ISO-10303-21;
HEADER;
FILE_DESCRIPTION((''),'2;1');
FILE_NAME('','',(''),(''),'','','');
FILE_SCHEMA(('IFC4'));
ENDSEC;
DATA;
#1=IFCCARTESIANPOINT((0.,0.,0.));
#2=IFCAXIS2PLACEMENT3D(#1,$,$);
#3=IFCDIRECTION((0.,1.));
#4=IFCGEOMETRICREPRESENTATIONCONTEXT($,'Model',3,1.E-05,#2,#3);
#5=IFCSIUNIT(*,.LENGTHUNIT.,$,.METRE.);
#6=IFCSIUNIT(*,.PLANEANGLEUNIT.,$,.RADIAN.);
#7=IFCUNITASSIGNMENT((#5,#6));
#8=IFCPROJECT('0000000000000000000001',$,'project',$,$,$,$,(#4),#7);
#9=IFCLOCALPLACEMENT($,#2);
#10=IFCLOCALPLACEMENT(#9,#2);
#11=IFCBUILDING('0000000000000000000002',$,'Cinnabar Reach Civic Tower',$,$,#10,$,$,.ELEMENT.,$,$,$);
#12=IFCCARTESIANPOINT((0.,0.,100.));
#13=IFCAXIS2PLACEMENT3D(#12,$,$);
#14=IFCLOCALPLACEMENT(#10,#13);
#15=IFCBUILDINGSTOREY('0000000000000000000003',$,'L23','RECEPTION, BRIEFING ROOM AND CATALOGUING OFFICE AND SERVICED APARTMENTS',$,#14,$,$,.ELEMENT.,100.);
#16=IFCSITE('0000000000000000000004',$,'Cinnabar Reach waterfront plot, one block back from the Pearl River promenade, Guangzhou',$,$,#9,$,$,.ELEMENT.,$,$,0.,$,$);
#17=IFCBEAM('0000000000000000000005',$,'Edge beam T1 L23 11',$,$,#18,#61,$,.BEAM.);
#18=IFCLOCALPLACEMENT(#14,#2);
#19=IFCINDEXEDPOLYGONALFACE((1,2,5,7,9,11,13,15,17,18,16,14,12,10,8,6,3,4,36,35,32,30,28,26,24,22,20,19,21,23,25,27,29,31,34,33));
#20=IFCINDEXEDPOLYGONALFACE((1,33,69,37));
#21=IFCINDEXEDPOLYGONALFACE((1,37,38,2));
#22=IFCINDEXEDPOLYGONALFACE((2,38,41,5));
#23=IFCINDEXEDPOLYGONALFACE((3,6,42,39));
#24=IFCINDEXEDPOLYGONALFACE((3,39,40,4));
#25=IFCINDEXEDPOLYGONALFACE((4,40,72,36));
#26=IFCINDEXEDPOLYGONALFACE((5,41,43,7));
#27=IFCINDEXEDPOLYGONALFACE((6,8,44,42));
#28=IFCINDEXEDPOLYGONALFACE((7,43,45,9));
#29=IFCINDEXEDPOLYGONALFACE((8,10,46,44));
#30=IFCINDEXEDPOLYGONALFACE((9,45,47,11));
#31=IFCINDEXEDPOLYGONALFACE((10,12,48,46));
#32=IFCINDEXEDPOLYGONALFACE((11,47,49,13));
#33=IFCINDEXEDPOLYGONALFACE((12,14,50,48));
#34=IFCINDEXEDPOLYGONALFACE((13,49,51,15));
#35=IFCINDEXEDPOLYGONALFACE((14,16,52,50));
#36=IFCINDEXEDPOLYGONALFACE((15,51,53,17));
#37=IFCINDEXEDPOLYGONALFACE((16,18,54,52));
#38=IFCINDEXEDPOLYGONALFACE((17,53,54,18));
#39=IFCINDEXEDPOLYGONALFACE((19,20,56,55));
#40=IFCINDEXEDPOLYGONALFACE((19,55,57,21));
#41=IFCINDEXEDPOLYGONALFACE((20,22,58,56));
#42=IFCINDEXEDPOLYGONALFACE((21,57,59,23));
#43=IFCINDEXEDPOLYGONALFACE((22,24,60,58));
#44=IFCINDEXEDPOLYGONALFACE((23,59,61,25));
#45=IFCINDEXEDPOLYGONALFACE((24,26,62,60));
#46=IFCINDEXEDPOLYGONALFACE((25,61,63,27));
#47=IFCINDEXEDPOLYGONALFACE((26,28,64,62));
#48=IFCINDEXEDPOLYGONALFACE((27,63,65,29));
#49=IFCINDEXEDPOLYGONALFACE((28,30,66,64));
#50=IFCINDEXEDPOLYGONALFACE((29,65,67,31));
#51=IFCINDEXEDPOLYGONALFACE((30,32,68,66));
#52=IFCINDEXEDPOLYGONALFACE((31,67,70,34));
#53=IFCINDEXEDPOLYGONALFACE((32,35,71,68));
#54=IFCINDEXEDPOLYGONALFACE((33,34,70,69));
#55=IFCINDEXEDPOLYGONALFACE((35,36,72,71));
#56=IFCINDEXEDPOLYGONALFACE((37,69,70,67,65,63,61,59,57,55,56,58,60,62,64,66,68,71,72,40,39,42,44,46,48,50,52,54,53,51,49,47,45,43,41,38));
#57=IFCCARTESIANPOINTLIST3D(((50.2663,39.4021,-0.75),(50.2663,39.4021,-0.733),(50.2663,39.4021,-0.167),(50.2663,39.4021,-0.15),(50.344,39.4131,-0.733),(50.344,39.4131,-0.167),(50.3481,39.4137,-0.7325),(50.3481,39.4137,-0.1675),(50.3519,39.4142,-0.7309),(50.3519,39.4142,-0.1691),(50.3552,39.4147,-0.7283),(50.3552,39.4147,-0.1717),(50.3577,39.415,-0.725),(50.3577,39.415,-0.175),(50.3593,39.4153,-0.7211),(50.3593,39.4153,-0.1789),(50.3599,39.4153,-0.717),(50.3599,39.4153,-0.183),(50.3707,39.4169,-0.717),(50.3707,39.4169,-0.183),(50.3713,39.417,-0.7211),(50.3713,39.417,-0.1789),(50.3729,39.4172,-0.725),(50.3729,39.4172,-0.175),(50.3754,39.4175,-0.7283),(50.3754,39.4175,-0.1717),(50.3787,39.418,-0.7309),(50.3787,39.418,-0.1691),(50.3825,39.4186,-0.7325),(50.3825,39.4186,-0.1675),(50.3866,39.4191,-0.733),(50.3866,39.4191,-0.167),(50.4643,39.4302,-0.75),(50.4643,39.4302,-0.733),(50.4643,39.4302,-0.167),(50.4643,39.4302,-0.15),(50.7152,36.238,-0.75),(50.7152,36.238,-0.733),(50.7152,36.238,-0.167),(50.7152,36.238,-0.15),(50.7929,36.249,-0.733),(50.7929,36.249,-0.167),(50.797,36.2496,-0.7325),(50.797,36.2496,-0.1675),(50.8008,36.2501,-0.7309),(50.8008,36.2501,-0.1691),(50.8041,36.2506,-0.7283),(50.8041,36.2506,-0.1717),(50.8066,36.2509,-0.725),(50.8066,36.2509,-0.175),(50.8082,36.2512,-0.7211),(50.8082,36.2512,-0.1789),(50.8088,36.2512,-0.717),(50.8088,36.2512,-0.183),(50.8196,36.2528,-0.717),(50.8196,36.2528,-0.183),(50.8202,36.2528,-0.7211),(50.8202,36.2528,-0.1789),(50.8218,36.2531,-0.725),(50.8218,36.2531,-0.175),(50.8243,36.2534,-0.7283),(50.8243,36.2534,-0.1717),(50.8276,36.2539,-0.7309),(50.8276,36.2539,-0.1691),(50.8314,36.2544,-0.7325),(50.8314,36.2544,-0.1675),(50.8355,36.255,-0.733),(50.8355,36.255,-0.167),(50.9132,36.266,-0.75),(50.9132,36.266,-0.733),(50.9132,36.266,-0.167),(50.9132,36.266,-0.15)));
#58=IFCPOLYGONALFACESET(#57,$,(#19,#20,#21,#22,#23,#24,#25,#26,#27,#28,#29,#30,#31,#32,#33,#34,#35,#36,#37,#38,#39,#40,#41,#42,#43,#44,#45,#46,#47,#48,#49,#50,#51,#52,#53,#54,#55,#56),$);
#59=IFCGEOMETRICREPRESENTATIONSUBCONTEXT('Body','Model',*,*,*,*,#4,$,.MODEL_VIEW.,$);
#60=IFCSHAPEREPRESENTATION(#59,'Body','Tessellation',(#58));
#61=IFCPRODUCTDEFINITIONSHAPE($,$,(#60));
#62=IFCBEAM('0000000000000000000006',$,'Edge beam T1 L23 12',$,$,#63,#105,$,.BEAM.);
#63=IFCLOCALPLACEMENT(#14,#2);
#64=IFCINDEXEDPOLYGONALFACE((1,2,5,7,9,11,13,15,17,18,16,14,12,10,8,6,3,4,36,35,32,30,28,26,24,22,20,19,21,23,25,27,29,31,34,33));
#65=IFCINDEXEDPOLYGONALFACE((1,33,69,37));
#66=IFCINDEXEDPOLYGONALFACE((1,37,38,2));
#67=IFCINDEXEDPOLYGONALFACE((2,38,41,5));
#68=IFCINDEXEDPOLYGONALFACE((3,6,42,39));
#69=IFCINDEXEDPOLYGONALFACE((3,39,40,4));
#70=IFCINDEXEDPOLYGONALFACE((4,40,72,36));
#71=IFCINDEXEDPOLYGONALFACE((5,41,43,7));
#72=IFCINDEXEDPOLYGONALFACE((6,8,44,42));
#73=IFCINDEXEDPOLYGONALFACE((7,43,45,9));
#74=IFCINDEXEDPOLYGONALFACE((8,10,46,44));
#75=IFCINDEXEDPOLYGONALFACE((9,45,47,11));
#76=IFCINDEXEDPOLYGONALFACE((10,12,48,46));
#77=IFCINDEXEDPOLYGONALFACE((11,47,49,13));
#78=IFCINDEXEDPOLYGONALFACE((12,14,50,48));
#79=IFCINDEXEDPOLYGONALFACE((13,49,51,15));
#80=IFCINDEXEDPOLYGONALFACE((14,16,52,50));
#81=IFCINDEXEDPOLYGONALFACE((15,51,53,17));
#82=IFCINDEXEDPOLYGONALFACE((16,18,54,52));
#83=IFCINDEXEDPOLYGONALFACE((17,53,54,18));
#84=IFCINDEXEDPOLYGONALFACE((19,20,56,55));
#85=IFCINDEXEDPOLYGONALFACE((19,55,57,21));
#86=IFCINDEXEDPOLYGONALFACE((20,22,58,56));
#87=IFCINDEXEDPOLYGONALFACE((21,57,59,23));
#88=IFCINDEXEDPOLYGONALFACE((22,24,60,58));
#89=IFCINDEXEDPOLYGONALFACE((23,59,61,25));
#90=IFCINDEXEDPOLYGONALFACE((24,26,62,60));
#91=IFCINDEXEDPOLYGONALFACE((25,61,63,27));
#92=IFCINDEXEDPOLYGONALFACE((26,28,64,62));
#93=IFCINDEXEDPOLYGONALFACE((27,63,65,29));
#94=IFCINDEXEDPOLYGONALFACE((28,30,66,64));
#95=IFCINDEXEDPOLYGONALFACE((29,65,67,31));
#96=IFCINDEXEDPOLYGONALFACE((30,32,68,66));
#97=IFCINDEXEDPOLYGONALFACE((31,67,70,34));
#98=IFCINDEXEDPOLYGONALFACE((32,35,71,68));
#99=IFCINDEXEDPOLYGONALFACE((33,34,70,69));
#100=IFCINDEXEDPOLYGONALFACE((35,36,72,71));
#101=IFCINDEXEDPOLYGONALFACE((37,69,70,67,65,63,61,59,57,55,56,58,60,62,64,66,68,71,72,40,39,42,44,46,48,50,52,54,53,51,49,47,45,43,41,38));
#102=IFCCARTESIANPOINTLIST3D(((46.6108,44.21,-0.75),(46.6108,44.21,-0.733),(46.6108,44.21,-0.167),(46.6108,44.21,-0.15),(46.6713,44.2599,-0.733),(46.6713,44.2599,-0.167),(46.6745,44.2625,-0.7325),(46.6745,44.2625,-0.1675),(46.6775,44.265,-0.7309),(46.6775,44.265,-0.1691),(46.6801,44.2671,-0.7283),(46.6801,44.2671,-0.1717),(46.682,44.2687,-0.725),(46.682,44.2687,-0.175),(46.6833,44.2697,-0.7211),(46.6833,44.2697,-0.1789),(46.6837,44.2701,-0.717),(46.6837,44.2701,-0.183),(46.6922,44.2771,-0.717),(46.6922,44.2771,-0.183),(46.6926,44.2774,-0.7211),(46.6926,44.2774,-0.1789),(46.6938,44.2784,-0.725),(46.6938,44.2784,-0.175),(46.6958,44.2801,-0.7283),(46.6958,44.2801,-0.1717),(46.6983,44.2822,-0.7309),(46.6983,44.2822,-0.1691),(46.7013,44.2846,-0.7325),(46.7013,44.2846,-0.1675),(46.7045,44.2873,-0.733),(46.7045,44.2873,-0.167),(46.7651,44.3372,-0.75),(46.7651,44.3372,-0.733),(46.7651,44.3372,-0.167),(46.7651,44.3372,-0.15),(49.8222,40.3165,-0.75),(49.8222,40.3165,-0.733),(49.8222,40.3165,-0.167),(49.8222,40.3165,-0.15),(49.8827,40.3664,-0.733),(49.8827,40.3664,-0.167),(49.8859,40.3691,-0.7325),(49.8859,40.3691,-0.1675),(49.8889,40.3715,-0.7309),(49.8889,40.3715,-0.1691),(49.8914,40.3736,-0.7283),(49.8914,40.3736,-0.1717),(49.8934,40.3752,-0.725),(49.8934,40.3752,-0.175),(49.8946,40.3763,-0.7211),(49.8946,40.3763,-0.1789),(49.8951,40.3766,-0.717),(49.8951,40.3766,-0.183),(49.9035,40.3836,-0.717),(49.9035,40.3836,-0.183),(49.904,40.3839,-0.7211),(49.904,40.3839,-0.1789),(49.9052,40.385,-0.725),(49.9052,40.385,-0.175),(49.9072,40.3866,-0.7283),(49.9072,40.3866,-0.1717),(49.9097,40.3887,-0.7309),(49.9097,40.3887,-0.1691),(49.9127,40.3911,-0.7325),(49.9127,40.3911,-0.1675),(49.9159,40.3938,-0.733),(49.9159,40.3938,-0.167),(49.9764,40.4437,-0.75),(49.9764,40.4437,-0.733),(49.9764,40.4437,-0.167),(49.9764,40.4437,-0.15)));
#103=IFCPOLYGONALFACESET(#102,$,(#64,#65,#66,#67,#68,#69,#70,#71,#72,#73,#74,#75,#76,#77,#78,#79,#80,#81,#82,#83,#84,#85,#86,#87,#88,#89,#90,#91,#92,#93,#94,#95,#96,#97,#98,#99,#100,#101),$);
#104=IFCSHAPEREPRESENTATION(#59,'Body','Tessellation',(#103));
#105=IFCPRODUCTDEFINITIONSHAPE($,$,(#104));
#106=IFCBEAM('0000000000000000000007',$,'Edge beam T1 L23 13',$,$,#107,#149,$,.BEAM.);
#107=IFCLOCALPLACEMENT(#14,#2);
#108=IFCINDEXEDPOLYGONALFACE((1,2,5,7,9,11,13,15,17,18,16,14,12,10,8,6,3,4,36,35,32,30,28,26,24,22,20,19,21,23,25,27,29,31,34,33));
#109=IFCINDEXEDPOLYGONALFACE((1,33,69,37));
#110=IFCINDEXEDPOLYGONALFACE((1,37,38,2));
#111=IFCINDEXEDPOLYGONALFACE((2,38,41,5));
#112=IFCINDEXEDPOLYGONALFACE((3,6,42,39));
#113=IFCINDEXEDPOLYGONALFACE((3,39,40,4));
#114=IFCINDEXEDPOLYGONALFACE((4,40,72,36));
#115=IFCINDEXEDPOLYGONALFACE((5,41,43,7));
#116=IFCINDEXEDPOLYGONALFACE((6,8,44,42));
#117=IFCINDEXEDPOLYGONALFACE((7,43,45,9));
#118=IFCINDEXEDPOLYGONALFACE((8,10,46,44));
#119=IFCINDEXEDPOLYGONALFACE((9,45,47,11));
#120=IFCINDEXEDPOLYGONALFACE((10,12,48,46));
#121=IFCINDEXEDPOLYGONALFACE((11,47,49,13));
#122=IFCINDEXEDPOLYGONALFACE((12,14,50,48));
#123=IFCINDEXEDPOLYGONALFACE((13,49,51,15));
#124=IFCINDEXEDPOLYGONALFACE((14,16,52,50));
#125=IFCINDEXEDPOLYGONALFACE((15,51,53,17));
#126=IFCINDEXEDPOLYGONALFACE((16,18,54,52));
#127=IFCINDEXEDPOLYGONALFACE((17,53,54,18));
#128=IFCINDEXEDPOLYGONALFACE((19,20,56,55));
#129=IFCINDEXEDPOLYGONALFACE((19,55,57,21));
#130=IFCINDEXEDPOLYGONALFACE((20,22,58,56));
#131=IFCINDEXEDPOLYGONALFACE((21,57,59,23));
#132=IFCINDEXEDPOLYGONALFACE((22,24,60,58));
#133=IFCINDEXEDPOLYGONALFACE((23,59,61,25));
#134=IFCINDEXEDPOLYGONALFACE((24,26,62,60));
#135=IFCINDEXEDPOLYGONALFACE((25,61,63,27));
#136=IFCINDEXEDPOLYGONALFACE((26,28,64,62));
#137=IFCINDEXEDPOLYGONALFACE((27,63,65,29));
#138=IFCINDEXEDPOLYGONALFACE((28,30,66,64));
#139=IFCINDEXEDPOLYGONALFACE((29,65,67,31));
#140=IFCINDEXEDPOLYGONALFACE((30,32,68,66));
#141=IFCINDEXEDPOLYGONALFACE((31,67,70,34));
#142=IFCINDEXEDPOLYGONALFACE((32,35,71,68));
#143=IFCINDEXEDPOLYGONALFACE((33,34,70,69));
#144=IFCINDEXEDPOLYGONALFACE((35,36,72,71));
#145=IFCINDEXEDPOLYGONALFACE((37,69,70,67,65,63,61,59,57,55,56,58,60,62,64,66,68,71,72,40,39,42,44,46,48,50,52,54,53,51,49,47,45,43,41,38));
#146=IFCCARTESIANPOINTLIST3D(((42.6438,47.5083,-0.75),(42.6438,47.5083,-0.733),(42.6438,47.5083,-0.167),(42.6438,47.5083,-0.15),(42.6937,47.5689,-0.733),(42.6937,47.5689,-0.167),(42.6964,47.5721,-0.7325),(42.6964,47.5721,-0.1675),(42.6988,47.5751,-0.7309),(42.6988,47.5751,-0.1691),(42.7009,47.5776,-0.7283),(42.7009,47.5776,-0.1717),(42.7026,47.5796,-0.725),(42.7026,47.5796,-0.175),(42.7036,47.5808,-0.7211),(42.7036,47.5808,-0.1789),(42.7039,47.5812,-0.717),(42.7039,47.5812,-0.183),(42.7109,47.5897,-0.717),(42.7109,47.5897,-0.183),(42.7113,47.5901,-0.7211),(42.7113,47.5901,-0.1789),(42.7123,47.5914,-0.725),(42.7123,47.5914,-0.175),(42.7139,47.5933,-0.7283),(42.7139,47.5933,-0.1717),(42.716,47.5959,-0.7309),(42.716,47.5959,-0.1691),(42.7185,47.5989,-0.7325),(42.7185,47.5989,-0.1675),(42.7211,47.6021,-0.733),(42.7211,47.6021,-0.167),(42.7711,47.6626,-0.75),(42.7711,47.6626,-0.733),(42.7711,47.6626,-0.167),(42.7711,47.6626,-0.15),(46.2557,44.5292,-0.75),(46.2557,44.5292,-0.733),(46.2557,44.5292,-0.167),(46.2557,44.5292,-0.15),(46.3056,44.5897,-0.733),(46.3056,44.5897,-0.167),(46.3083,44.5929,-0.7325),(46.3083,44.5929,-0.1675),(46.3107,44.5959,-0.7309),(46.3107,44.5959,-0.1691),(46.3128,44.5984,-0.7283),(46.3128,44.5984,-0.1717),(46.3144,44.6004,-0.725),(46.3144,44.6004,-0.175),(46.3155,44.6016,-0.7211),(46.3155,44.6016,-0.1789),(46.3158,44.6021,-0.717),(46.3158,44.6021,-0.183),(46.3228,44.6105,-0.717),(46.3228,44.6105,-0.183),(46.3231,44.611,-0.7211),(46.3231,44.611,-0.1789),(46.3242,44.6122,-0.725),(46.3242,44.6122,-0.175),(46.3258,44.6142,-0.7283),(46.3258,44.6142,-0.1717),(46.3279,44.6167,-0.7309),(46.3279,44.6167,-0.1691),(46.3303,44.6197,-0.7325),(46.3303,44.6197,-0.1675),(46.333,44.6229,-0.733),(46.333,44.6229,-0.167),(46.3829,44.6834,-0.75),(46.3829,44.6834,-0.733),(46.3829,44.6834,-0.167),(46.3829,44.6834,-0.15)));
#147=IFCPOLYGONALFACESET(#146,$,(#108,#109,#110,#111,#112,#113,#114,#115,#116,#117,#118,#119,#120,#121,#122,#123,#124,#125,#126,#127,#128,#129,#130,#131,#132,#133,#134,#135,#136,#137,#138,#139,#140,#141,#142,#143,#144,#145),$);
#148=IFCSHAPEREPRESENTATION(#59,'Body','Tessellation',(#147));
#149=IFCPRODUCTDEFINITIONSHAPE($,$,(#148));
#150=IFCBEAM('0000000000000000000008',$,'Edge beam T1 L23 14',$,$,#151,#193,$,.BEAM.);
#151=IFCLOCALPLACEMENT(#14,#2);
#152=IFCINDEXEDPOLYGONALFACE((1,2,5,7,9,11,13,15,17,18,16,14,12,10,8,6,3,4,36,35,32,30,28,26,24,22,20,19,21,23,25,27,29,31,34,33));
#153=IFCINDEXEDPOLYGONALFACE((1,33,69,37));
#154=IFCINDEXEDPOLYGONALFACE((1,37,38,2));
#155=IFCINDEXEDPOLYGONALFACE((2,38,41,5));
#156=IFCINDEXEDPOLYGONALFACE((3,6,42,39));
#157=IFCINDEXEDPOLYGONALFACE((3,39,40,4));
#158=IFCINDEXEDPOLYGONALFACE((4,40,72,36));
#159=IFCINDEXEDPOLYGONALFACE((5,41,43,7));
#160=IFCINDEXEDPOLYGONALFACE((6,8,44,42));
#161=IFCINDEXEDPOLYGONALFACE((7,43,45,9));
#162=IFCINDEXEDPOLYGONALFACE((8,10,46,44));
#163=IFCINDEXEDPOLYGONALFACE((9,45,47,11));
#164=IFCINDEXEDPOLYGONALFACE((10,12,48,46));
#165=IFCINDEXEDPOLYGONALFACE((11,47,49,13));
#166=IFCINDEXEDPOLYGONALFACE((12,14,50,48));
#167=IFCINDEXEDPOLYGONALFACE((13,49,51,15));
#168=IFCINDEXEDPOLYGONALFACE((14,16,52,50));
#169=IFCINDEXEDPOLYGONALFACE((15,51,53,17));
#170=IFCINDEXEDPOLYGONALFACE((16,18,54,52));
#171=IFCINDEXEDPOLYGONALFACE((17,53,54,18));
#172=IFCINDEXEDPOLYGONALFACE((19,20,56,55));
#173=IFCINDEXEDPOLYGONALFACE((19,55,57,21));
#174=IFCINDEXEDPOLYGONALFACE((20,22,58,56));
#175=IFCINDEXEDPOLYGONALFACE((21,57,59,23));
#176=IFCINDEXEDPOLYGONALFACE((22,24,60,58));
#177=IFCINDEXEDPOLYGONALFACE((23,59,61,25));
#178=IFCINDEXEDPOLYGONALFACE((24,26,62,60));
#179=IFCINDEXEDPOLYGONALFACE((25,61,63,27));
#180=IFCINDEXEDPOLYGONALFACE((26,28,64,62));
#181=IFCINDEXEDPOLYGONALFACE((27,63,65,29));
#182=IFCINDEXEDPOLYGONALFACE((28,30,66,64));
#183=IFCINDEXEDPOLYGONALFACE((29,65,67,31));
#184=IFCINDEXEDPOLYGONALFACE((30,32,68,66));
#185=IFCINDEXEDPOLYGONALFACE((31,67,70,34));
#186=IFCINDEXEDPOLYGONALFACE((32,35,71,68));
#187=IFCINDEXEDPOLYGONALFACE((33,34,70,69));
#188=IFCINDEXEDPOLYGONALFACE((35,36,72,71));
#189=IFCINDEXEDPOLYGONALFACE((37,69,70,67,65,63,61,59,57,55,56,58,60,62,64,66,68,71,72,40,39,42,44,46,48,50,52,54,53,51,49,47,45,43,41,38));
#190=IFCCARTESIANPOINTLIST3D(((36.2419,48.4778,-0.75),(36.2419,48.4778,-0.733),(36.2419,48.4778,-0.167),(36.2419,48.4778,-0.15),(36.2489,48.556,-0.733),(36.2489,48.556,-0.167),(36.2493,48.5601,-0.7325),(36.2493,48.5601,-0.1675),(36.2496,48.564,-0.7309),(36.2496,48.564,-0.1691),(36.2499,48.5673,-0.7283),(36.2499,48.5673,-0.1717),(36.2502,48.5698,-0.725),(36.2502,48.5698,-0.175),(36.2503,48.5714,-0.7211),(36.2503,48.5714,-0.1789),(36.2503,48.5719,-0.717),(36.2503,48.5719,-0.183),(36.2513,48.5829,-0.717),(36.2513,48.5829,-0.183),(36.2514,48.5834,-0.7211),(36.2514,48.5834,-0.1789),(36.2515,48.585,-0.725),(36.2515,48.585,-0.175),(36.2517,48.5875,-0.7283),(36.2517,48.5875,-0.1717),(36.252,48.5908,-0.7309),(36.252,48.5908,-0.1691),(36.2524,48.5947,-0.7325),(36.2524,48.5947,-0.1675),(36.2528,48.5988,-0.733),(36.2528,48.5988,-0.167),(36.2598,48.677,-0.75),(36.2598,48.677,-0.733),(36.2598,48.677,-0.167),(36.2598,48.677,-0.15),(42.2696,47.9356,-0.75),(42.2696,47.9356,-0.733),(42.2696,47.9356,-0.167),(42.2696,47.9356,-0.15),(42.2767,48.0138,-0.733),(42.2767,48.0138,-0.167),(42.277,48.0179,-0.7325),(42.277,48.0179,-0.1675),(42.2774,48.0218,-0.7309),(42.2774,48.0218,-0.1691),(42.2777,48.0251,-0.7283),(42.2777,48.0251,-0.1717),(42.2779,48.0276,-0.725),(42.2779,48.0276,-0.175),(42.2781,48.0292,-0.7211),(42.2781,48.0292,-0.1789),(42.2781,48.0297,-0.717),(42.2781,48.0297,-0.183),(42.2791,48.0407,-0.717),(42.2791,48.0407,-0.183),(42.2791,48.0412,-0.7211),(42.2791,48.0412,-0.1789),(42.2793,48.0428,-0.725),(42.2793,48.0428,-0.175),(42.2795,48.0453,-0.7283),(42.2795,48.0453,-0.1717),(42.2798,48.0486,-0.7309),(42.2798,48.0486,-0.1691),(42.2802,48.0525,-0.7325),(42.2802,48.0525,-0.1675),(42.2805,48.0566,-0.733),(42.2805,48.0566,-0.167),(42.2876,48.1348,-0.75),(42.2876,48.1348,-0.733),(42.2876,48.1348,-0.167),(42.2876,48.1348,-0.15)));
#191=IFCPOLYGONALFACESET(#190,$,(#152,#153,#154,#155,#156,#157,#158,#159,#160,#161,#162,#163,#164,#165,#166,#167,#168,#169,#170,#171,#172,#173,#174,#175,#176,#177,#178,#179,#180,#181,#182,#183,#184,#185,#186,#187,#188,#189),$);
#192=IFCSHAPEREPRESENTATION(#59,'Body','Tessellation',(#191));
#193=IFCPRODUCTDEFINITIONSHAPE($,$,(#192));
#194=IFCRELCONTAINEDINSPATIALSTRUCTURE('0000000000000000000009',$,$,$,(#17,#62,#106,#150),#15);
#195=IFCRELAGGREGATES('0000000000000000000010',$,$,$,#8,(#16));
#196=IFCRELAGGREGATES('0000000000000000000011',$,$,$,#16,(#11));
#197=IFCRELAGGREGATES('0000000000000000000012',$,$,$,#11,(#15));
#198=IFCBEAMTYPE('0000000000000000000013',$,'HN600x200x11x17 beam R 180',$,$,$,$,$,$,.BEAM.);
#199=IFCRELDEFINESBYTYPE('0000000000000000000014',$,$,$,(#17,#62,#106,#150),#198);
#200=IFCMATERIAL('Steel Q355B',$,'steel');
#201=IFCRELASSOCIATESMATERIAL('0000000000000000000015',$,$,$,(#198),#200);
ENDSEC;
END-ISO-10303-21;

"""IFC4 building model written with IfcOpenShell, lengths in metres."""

from ifc_helpers import new_model, si_unit, direction, frame, origin, origin_2d, place, context, subcontext, project, spatial, i_section, extrude, material, material_profile, profile_set, type_object, element, save


model = new_model("IFC4")

# Units and contexts
model_context = context("Model", 3, precision=1e-05, world=origin(), true_north=direction((0.0, 1.0)))
body_context = subcontext(model_context, "Body", "Model", "MODEL_VIEW")
ifc_project = project(units=[si_unit("LENGTHUNIT", "METRE"), si_unit("PLANEANGLEUNIT", "RADIAN")], contexts=[model_context])

# Site, building, storey
site_placement = place(None, origin())
site = spatial("IfcSite", under=ifc_project, at=site_placement, Name="Cinnabar Reach waterfront plot, one block back from the Pearl River promenade, Guangzhou", CompositionType="ELEMENT", RefElevation=0.0)
building_placement = place(site_placement, origin())
building = spatial("IfcBuilding", under=site, at=building_placement, Name="Cinnabar Reach Civic Tower", CompositionType="ELEMENT")
storey_placement = place(building_placement, frame((0.0, 0.0, 100.0)))
storey = spatial("IfcBuildingStorey", under=building, at=storey_placement, Name="L23", Description="RECEPTION, BRIEFING ROOM AND CATALOGUING OFFICE AND SERVICED APARTMENTS", CompositionType="ELEMENT", Elevation=100.0)

# Beams
ifc_material_1 = material(Name="Steel Q355B", Category="steel")
ifc_material_profile_1 = material_profile(ifc_material_1, i_section(OverallWidth=0.2, OverallDepth=0.6, WebThickness=0.011, FlangeThickness=0.017, FilletRadius=0.016, at=origin_2d()), Name="HN600x200x11x17")
ifc_profile_set_1 = profile_set([ifc_material_profile_1], Name="Steel Q355B")
beam_type_1 = type_object("IfcBeamType", Name="HN600x200x11x17 beam R 180", PredefinedType="BEAM", material=ifc_profile_set_1)
beam_1_placement = place(storey_placement, frame((50.8142, 36.252, -0.45), z_axis=(-0.140466, 0.990085, 0.0), x_axis=(-0.990085, -0.140466, 0.0)))
element("IfcBeam", 1, at=beam_1_placement, inside=storey, type_object=beam_type_1, Name="Edge beam T1 L23 11", PredefinedType="BEAM", context=body_context, shape_type="SweptSolid", body=[
    extrude(i_section(OverallWidth=0.2, OverallDepth=0.6, WebThickness=0.011, FlangeThickness=0.017, FilletRadius=0.016, at=origin_2d()), origin(), (0.0, 0.0, 1.0), 3.1958),
])
beam_2_placement = place(storey_placement, frame((49.8993, 40.3801, -0.45), z_axis=(-0.636296, 0.771445, 0.0), x_axis=(-0.771445, -0.636296, 0.0)))
element("IfcBeam", 2, at=beam_2_placement, inside=storey, type_object=beam_type_1, Name="Edge beam T1 L23 12", PredefinedType="BEAM", context=body_context, shape_type="SweptSolid", body=[
    extrude(i_section(OverallWidth=0.2, OverallDepth=0.6, WebThickness=0.011, FlangeThickness=0.017, FilletRadius=0.016, at=origin_2d()), origin(), (0.0, 0.0, 1.0), 5.047),
])
beam_3_placement = place(storey_placement, frame((46.3193, 44.6063, -0.45), z_axis=(-0.771438, 0.636304, 0.0), x_axis=(-0.636304, -0.771438, 0.0)))
element("IfcBeam", 3, at=beam_3_placement, inside=storey, type_object=beam_type_1, Name="Edge beam T1 L23 13", PredefinedType="BEAM", context=body_context, shape_type="SweptSolid", body=[
    extrude(i_section(OverallWidth=0.2, OverallDepth=0.6, WebThickness=0.011, FlangeThickness=0.017, FilletRadius=0.016, at=origin_2d()), origin(), (0.0, 0.0, 1.0), 4.682),
])
beam_4_placement = place(storey_placement, frame((42.2786, 48.0352, -0.45), z_axis=(-0.995979, 0.089588, 0.0), x_axis=(-0.089588, -0.995979, 0.0)))
element("IfcBeam", 4, at=beam_4_placement, inside=storey, type_object=beam_type_1, Name="Edge beam T1 L23 14", PredefinedType="BEAM", context=body_context, shape_type="SweptSolid", body=[
    extrude(i_section(OverallWidth=0.2, OverallDepth=0.6, WebThickness=0.011, FlangeThickness=0.017, FilletRadius=0.016, at=origin_2d()), origin(), (0.0, 0.0, 1.0), 6.0521),
])

save(model, "model.ifc")
